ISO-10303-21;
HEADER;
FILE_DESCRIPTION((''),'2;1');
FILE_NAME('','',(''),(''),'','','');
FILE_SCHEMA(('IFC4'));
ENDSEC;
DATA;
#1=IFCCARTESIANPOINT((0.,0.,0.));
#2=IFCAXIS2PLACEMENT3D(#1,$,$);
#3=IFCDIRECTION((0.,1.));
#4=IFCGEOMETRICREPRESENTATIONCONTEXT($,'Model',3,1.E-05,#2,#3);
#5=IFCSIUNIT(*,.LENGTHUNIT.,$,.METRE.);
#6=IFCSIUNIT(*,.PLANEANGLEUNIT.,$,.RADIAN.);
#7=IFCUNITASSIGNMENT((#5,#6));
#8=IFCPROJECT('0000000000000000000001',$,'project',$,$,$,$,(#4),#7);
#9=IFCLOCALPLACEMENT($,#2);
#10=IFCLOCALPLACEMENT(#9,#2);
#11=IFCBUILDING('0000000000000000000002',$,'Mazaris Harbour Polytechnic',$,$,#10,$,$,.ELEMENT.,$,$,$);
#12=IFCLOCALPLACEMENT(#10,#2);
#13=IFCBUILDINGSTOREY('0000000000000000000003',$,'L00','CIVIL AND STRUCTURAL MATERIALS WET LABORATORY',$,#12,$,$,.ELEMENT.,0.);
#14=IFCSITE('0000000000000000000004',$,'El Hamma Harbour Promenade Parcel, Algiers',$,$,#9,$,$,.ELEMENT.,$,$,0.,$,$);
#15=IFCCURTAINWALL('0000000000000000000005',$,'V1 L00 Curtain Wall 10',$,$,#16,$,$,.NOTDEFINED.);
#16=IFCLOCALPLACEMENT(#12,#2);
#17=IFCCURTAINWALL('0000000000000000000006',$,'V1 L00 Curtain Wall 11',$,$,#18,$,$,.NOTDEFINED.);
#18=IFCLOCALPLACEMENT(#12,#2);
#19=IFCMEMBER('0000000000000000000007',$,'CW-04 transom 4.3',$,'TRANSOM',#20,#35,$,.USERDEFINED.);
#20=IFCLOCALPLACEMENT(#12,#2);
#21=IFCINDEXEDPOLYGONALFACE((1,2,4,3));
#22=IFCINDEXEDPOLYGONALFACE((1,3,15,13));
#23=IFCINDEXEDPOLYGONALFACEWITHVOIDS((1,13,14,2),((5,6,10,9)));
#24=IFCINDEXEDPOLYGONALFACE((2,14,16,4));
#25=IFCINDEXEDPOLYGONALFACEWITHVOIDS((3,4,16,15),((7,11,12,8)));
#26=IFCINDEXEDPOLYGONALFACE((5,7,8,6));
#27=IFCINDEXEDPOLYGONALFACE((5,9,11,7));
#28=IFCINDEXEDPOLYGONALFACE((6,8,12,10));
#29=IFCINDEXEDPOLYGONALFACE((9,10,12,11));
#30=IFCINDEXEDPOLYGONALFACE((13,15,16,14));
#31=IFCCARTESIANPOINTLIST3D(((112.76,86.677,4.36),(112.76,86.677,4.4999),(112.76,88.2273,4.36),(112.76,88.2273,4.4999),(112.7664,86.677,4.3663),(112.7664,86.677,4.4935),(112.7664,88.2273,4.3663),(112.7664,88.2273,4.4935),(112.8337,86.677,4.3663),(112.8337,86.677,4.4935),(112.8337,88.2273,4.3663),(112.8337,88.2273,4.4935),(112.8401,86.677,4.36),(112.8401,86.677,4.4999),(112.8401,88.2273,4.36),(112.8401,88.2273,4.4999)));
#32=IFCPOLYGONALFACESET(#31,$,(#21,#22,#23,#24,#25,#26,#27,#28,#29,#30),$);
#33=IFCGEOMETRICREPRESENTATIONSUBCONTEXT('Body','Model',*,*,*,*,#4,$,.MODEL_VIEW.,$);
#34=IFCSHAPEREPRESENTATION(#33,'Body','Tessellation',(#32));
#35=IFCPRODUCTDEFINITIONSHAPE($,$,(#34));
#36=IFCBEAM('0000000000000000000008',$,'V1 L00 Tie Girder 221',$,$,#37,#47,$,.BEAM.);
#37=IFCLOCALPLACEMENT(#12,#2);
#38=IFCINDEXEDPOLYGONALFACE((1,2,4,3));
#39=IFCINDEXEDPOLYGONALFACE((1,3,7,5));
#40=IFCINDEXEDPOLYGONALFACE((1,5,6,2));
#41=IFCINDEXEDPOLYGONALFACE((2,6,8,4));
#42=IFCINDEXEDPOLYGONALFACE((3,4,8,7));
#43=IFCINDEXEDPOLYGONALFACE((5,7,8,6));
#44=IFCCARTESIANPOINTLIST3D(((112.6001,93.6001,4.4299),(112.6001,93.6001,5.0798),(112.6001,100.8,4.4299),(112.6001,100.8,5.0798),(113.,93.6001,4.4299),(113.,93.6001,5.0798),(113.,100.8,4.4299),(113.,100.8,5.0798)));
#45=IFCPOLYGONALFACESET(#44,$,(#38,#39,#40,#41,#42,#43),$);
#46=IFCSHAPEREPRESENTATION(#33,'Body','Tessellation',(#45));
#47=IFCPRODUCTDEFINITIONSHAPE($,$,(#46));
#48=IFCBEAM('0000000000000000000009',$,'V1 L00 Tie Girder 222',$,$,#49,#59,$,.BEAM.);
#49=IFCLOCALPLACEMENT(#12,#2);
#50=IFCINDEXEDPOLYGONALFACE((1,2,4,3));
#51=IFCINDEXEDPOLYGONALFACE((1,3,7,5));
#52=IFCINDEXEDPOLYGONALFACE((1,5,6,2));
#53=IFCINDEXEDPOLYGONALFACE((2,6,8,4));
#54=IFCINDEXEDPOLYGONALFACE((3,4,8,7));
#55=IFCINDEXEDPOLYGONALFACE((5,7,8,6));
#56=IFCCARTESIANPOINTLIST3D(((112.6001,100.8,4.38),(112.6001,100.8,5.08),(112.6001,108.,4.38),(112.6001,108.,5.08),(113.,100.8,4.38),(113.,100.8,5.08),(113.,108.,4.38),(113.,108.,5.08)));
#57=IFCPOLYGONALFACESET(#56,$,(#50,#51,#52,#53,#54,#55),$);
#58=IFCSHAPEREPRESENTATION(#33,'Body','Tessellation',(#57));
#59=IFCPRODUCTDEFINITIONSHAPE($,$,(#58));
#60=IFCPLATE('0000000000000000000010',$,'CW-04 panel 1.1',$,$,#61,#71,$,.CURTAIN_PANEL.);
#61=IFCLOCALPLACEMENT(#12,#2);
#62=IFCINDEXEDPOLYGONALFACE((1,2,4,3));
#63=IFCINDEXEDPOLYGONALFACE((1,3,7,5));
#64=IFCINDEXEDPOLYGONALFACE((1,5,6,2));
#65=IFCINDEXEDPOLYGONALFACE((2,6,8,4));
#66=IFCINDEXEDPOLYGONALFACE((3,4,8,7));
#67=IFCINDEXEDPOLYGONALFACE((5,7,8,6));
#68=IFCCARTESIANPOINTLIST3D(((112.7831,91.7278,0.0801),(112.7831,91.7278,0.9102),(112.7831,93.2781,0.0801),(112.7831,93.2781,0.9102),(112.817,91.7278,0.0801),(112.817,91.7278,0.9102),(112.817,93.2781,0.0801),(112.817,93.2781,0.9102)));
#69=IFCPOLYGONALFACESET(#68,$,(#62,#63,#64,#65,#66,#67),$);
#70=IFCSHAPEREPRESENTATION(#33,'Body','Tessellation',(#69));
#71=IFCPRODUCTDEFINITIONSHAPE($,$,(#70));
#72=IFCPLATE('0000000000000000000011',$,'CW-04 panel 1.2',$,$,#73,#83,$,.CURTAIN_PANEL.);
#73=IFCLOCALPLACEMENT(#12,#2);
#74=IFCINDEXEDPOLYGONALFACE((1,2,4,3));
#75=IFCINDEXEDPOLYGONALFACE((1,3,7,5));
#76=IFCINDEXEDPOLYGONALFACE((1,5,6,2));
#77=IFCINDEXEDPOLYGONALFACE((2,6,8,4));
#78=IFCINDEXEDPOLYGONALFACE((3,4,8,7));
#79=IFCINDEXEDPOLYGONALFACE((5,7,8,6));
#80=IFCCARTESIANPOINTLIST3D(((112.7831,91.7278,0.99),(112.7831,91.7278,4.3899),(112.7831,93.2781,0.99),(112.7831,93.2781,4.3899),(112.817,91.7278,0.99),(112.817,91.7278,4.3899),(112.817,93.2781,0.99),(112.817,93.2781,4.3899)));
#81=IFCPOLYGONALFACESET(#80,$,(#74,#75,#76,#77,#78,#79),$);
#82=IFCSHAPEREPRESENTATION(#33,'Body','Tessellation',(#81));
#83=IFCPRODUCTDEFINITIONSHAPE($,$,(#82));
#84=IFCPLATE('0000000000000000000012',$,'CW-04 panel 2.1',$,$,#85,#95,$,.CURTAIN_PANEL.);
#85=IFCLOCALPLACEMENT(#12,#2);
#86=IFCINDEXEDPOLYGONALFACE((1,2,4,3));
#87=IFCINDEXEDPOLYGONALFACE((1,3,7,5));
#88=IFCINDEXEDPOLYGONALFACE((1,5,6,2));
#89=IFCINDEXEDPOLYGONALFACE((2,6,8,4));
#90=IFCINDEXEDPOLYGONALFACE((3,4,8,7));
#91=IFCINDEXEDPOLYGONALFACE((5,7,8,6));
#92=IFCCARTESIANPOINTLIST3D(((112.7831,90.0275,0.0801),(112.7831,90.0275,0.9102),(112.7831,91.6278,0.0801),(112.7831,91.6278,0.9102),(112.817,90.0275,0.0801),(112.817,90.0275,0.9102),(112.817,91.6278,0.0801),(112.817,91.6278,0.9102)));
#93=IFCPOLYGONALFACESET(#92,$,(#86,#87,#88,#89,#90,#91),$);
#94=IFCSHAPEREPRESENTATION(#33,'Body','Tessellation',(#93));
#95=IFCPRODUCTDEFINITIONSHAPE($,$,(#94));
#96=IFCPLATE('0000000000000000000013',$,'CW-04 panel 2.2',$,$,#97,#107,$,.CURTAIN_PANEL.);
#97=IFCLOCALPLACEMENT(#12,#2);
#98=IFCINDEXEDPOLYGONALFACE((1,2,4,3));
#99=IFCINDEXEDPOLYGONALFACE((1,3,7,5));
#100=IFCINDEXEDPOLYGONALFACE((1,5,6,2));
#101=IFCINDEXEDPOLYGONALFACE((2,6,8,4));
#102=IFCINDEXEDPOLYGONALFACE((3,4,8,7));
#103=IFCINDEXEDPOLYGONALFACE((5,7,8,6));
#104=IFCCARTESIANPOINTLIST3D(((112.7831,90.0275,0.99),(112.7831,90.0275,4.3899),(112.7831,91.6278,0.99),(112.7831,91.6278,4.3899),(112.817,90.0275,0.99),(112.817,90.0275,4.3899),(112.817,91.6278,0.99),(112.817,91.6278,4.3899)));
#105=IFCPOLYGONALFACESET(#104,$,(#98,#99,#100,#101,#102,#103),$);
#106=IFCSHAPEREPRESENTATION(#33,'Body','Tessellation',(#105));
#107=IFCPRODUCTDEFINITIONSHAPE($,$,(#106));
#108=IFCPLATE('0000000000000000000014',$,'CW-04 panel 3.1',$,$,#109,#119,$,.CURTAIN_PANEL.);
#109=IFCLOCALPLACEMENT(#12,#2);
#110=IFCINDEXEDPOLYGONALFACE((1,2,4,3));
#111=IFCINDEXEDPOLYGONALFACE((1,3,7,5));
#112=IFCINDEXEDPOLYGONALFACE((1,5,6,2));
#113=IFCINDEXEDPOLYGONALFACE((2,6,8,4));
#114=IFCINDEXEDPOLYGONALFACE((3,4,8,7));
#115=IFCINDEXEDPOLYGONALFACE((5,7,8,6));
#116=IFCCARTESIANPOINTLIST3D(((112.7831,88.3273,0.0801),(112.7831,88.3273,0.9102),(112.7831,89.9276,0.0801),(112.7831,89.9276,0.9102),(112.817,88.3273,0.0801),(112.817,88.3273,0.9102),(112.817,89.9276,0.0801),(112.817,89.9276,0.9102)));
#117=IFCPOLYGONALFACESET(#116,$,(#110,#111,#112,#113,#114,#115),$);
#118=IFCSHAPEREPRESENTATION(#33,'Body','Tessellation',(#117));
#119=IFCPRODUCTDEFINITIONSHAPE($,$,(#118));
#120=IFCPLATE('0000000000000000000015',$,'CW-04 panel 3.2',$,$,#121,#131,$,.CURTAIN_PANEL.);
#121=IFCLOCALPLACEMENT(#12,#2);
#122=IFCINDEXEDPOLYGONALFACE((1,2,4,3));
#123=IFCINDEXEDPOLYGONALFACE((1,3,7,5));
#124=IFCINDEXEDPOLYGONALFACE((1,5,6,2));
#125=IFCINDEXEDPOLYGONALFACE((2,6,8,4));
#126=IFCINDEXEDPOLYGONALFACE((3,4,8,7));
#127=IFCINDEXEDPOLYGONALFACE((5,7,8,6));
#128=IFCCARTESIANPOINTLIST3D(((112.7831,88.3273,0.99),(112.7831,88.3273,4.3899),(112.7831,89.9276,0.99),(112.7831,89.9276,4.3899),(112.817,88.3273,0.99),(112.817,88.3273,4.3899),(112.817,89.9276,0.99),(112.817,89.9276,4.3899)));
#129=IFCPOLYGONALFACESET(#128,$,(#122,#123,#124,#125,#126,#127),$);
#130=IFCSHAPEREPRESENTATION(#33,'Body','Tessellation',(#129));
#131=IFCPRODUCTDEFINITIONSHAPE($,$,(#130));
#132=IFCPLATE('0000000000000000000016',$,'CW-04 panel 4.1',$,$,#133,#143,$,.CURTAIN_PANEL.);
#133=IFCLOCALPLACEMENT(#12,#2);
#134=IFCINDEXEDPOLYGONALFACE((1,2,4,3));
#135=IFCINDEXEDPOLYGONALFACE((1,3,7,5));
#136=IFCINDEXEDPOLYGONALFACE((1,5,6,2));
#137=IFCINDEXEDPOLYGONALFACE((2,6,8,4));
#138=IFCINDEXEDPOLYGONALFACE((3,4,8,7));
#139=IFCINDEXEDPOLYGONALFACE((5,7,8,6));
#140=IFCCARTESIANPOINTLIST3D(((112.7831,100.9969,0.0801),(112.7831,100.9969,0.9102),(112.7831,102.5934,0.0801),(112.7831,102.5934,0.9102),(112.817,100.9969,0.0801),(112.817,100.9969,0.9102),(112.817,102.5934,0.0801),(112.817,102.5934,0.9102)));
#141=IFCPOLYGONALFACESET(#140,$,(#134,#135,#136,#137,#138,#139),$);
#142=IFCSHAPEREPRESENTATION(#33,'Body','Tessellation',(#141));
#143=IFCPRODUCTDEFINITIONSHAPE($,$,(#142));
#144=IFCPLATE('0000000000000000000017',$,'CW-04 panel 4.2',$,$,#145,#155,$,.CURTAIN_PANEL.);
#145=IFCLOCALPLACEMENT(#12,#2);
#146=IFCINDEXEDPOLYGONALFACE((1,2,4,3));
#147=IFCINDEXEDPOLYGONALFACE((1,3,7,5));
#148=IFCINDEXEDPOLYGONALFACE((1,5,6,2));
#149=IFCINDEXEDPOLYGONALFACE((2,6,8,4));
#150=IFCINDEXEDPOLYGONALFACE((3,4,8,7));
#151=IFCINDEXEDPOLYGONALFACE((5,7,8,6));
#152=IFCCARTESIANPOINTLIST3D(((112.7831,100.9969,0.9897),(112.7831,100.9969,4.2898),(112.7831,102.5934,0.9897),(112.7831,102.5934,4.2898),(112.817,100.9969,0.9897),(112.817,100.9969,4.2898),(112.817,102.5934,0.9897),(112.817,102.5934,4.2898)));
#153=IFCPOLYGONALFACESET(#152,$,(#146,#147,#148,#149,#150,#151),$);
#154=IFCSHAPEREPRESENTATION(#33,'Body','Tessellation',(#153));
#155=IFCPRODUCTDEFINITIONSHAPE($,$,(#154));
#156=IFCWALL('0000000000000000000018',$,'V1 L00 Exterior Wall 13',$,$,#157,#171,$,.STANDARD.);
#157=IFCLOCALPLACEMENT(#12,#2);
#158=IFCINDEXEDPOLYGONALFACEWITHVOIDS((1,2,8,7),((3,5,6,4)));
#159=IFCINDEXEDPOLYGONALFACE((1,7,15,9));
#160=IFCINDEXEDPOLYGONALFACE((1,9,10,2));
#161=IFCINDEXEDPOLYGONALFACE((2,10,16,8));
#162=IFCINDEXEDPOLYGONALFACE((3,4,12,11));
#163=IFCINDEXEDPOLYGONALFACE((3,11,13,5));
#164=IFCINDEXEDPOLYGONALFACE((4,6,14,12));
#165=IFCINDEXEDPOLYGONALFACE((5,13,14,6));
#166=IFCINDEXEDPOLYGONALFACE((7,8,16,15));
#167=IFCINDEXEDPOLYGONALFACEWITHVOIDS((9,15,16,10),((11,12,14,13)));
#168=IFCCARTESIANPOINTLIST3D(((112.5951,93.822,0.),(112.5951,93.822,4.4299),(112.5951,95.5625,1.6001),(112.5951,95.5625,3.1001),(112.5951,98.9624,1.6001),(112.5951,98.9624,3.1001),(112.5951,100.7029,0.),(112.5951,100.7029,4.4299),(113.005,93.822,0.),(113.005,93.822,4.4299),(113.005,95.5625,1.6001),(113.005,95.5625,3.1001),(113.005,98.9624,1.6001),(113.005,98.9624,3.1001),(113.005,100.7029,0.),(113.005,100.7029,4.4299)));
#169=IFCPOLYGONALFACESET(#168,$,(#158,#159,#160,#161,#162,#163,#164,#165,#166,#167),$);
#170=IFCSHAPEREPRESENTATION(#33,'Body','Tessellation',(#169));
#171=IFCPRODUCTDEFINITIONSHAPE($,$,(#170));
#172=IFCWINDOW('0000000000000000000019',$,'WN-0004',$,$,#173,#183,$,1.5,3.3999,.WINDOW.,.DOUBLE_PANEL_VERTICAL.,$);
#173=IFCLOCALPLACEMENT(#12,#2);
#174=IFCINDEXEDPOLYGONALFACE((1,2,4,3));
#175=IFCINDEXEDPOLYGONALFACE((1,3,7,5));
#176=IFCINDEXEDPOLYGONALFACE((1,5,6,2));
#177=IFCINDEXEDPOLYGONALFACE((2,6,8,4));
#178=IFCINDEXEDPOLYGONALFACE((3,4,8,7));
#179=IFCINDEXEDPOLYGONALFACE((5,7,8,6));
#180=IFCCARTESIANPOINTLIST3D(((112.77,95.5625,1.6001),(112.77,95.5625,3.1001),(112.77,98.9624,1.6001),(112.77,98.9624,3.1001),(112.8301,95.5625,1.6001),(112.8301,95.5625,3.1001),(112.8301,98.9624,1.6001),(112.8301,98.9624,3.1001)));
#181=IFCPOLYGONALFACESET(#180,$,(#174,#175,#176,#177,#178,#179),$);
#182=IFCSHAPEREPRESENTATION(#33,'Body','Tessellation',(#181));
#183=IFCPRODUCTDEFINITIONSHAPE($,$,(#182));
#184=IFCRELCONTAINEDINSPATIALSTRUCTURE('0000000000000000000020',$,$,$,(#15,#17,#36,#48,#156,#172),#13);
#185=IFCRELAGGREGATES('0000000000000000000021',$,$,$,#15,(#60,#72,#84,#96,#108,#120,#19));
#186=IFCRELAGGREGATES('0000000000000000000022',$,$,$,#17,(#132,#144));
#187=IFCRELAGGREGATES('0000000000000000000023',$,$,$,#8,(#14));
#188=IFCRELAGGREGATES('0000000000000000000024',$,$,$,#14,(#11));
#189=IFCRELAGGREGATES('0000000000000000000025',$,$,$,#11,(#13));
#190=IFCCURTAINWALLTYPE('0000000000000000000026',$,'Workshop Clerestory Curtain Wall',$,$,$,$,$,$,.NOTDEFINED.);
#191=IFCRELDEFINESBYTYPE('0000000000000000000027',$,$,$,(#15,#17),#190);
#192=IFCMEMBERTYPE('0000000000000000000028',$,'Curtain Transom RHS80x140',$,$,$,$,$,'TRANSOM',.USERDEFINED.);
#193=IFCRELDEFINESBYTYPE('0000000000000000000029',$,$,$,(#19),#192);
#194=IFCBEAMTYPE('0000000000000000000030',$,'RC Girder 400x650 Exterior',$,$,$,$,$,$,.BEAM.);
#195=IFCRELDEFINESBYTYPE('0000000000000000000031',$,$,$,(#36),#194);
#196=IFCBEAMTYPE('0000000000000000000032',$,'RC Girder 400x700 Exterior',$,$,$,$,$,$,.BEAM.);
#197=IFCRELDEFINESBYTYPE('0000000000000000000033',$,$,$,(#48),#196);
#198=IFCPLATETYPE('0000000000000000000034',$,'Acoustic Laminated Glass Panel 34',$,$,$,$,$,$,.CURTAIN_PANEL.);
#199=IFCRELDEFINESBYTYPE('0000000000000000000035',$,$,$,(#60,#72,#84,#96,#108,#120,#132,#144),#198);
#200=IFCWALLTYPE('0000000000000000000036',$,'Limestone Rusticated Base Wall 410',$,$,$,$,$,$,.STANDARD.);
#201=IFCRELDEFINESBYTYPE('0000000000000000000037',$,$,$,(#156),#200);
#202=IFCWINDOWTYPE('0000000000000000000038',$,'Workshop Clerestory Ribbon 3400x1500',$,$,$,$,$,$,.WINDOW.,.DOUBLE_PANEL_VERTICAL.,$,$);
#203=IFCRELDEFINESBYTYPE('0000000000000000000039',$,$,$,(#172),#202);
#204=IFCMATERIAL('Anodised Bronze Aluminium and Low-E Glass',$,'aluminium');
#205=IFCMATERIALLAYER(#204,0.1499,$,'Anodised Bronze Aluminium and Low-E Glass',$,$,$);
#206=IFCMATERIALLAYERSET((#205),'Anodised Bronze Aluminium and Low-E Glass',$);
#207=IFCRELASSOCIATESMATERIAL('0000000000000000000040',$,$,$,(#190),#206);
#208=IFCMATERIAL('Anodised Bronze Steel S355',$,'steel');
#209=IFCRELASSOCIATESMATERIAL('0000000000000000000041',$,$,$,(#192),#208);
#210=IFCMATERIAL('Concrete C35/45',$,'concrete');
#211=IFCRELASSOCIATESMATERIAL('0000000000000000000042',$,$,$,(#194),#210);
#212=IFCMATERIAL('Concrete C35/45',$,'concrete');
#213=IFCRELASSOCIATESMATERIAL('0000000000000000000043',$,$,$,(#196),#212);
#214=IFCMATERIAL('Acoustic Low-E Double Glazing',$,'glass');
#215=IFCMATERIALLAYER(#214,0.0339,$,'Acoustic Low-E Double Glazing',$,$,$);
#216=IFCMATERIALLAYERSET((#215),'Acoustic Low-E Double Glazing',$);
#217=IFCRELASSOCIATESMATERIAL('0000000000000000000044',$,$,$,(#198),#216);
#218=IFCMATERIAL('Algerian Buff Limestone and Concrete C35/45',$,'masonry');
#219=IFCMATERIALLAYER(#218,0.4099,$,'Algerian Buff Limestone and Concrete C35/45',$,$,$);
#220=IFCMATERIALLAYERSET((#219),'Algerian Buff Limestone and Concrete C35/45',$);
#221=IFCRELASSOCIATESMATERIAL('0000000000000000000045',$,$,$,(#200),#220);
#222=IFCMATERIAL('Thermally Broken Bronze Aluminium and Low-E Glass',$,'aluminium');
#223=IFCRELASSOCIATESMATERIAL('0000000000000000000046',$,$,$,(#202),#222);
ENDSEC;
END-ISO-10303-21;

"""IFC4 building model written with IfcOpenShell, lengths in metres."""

from ifc_helpers import new_model, si_unit, direction, frame, frame_2d, origin, origin_2d, place, context, subcontext, project, spatial, rectangle, hollow_rectangle, extrude, material, layer, layer_set, material_profile, profile_set, type_object, element, fill, aggregate, save


model = new_model("IFC4")

# Units and contexts
model_context = context("Model", 3, precision=1e-05, world=origin(), true_north=direction((0.0, 1.0)))
body_context = subcontext(model_context, "Body", "Model", "MODEL_VIEW")
ifc_project = project(units=[si_unit("LENGTHUNIT", "METRE"), si_unit("PLANEANGLEUNIT", "RADIAN")], contexts=[model_context])

# Site, building, storey
site_placement = place(None, origin())
site = spatial("IfcSite", under=ifc_project, at=site_placement, Name="El Hamma Harbour Promenade Parcel, Algiers", CompositionType="ELEMENT", RefElevation=0.0)
building_placement = place(site_placement, origin())
building = spatial("IfcBuilding", under=site, at=building_placement, Name="Mazaris Harbour Polytechnic", CompositionType="ELEMENT")
storey_placement = place(building_placement, origin())
storey = spatial("IfcBuildingStorey", under=building, at=storey_placement, Name="L00", Description="CIVIL AND STRUCTURAL MATERIALS WET LABORATORY", CompositionType="ELEMENT", Elevation=0.0)

# Curtain wall
ifc_material_1 = material(Name="Anodised Bronze Aluminium and Low-E Glass", Category="aluminium")
ifc_layer_1 = layer(ifc_material_1, 0.1499, Name="Anodised Bronze Aluminium and Low-E Glass")
ifc_layer_set_1 = layer_set([ifc_layer_1], Name="Anodised Bronze Aluminium and Low-E Glass")
curtain_wall_type = type_object("IfcCurtainWallType", Name="Workshop Clerestory Curtain Wall", PredefinedType="NOTDEFINED", material=ifc_layer_set_1)
curtain_wall_1_placement = place(storey_placement, origin())
curtain_wall_1 = element("IfcCurtainWall", 1, at=curtain_wall_1_placement, inside=storey, type_object=curtain_wall_type, Name="V1 L00 Curtain Wall 10", PredefinedType="NOTDEFINED")

# Curtain wall
curtain_wall_2_placement = place(storey_placement, origin())
curtain_wall_2 = element("IfcCurtainWall", 2, at=curtain_wall_2_placement, inside=storey, type_object=curtain_wall_type, Name="V1 L00 Curtain Wall 11", PredefinedType="NOTDEFINED")

# Member
ifc_material_2 = material(Name="Anodised Bronze Steel S355", Category="steel")
ifc_material_profile_1 = material_profile(ifc_material_2, hollow_rectangle(XDim=0.0801, YDim=0.1399, WallThickness=0.0063, at=origin_2d()), Name="RHS 80x140x6.3")
ifc_profile_set_1 = profile_set([ifc_material_profile_1], Name="Anodised Bronze Steel S355")
member_type_1 = type_object("IfcMemberType", Name="Curtain Transom RHS80x140", ElementType="TRANSOM", PredefinedType="USERDEFINED", material=ifc_profile_set_1)
member_1_placement = place(storey_placement, frame((112.8, 88.2273, 4.4299), z_axis=(0.0, -1.0, 0.0), x_axis=(1.0, 0.0, 0.0)))
member_1 = element("IfcMember", 3, at=member_1_placement, type_object=member_type_1, Name="CW-04 transom 4.3", ObjectType="TRANSOM", PredefinedType="USERDEFINED", context=body_context, shape_type="SweptSolid", body=[
    extrude(hollow_rectangle(XDim=0.0801, YDim=0.1399, WallThickness=0.0063, at=origin_2d()), origin(), (0.0, 0.0, 1.0), 1.5503),
])

# Beams
ifc_material_3 = material(Name="Concrete C35/45", Category="concrete")
ifc_material_profile_2 = material_profile(ifc_material_3, rectangle(XDim=0.3999, YDim=0.6499, at=origin_2d()), Name="RECT400x650")
ifc_profile_set_2 = profile_set([ifc_material_profile_2], Name="Concrete C35/45")
beam_type_1 = type_object("IfcBeamType", Name="RC Girder 400x650 Exterior", PredefinedType="BEAM", material=ifc_profile_set_2)
beam_1_placement = place(storey_placement, frame((112.8, 93.6001, 4.7549), z_axis=(0.0, 1.0, 0.0), x_axis=(-1.0, 0.0, 0.0)))
element("IfcBeam", 4, at=beam_1_placement, inside=storey, type_object=beam_type_1, Name="V1 L00 Tie Girder 221", PredefinedType="BEAM", context=body_context, shape_type="SweptSolid", body=[
    extrude(rectangle(XDim=0.3999, YDim=0.6499, at=origin_2d()), origin(), (0.0, 0.0, 1.0), 7.2),
])
ifc_material_4 = material(Name="Concrete C35/45", Category="concrete")
ifc_material_profile_3 = material_profile(ifc_material_4, rectangle(XDim=0.3999, YDim=0.7, at=origin_2d()), Name="RECT400x700")
ifc_profile_set_3 = profile_set([ifc_material_profile_3], Name="Concrete C35/45")
beam_type_2 = type_object("IfcBeamType", Name="RC Girder 400x700 Exterior", PredefinedType="BEAM", material=ifc_profile_set_3)
beam_2_placement = place(storey_placement, frame((112.8, 100.8, 4.73), z_axis=(0.0, 1.0, 0.0), x_axis=(-1.0, 0.0, 0.0)))
element("IfcBeam", 5, at=beam_2_placement, inside=storey, type_object=beam_type_2, Name="V1 L00 Tie Girder 222", PredefinedType="BEAM", context=body_context, shape_type="SweptSolid", body=[
    extrude(rectangle(XDim=0.3999, YDim=0.7, at=origin_2d()), origin(), (0.0, 0.0, 1.0), 7.2),
])

# Plates
ifc_material_5 = material(Name="Acoustic Low-E Double Glazing", Category="glass")
ifc_layer_2 = layer(ifc_material_5, 0.0339, Name="Acoustic Low-E Double Glazing")
ifc_layer_set_2 = layer_set([ifc_layer_2], Name="Acoustic Low-E Double Glazing")
plate_type = type_object("IfcPlateType", Name="Acoustic Laminated Glass Panel 34", PredefinedType="CURTAIN_PANEL", material=ifc_layer_set_2)
plate_1_placement = place(storey_placement, frame((112.8, 92.5029, 0.0801), z_axis=(0.0, 0.0, 1.0), x_axis=(0.0, -1.0, 0.0)))
plate_1 = element("IfcPlate", 6, at=plate_1_placement, type_object=plate_type, Name="CW-04 panel 1.1", PredefinedType="CURTAIN_PANEL", context=body_context, shape_type="SweptSolid", body=[
    extrude(rectangle(XDim=1.5503, YDim=0.0339, at=origin_2d()), origin(), (0.0, 0.0, 1.0), 0.8301),
])
plate_2_placement = place(storey_placement, frame((112.8, 92.5029, 0.99), z_axis=(0.0, 0.0, 1.0), x_axis=(0.0, -1.0, 0.0)))
plate_2 = element("IfcPlate", 7, at=plate_2_placement, type_object=plate_type, Name="CW-04 panel 1.2", PredefinedType="CURTAIN_PANEL", context=body_context, shape_type="SweptSolid", body=[
    extrude(rectangle(XDim=1.5503, YDim=0.0339, at=origin_2d()), origin(), (0.0, 0.0, 1.0), 3.3999),
])
plate_3_placement = place(storey_placement, frame((112.8, 90.8276, 0.0801), z_axis=(0.0, 0.0, 1.0), x_axis=(0.0, -1.0, 0.0)))
plate_3 = element("IfcPlate", 8, at=plate_3_placement, type_object=plate_type, Name="CW-04 panel 2.1", PredefinedType="CURTAIN_PANEL", context=body_context, shape_type="SweptSolid", body=[
    extrude(rectangle(XDim=1.6003, YDim=0.0339, at=origin_2d()), origin(), (0.0, 0.0, 1.0), 0.8301),
])
plate_4_placement = place(storey_placement, frame((112.8, 90.8276, 0.99), z_axis=(0.0, 0.0, 1.0), x_axis=(0.0, -1.0, 0.0)))
plate_4 = element("IfcPlate", 9, at=plate_4_placement, type_object=plate_type, Name="CW-04 panel 2.2", PredefinedType="CURTAIN_PANEL", context=body_context, shape_type="SweptSolid", body=[
    extrude(rectangle(XDim=1.6003, YDim=0.0339, at=origin_2d()), origin(), (0.0, 0.0, 1.0), 3.3999),
])
plate_5_placement = place(storey_placement, frame((112.8, 89.1274, 0.0801), z_axis=(0.0, 0.0, 1.0), x_axis=(0.0, -1.0, 0.0)))
plate_5 = element("IfcPlate", 10, at=plate_5_placement, type_object=plate_type, Name="CW-04 panel 3.1", PredefinedType="CURTAIN_PANEL", context=body_context, shape_type="SweptSolid", body=[
    extrude(rectangle(XDim=1.6003, YDim=0.0339, at=origin_2d()), origin(), (0.0, 0.0, 1.0), 0.8301),
])
plate_6_placement = place(storey_placement, frame((112.8, 89.1274, 0.99), z_axis=(0.0, 0.0, 1.0), x_axis=(0.0, -1.0, 0.0)))
plate_6 = element("IfcPlate", 11, at=plate_6_placement, type_object=plate_type, Name="CW-04 panel 3.2", PredefinedType="CURTAIN_PANEL", context=body_context, shape_type="SweptSolid", body=[
    extrude(rectangle(XDim=1.6003, YDim=0.0339, at=origin_2d()), origin(), (0.0, 0.0, 1.0), 3.3999),
])
aggregate(curtain_wall_1, [plate_1, plate_2, plate_3, plate_4, plate_5, plate_6, member_1])
plate_7_placement = place(storey_placement, frame((112.8, 101.7952, 0.0801), z_axis=(0.0, 0.0, 1.0), x_axis=(0.0, -1.0, 0.0)))
plate_7 = element("IfcPlate", 12, at=plate_7_placement, type_object=plate_type, Name="CW-04 panel 4.1", PredefinedType="CURTAIN_PANEL", context=body_context, shape_type="SweptSolid", body=[
    extrude(rectangle(XDim=1.5964, YDim=0.0339, at=origin_2d()), origin(), (0.0, 0.0, 1.0), 0.8301),
])
plate_8_placement = place(storey_placement, frame((112.8, 101.7952, 0.9897), z_axis=(0.0, 0.0, 1.0), x_axis=(0.0, -1.0, 0.0)))
plate_8 = element("IfcPlate", 13, at=plate_8_placement, type_object=plate_type, Name="CW-04 panel 4.2", PredefinedType="CURTAIN_PANEL", context=body_context, shape_type="SweptSolid", body=[
    extrude(rectangle(XDim=1.5964, YDim=0.0339, at=origin_2d()), origin(), (0.0, 0.0, 1.0), 3.3),
])
aggregate(curtain_wall_2, [plate_7, plate_8])

# Wall, opening, window
ifc_material_6 = material(Name="Algerian Buff Limestone and Concrete C35/45", Category="masonry")
ifc_layer_3 = layer(ifc_material_6, 0.4099, Name="Algerian Buff Limestone and Concrete C35/45")
ifc_layer_set_3 = layer_set([ifc_layer_3], Name="Algerian Buff Limestone and Concrete C35/45")
wall_type = type_object("IfcWallType", Name="Limestone Rusticated Base Wall 410", PredefinedType="STANDARD", material=ifc_layer_set_3)
wall_placement = place(storey_placement, frame((112.8, 100.7029, 0.0), z_axis=(0.0, 0.0, 1.0), x_axis=(0.0, -1.0, 0.0)))
wall = element("IfcWall", 14, at=wall_placement, inside=storey, type_object=wall_type, Name="V1 L00 Exterior Wall 13", PredefinedType="STANDARD", context=body_context, shape_type="SweptSolid", body=[
    extrude(rectangle(XDim=6.8809, YDim=0.4099, at=frame_2d((3.4404, 0.0))), origin(), (0.0, 0.0, 1.0), 4.4299),
])
opening_placement = place(wall_placement, frame((1.7405, 0.0, 1.6001)))
opening = element("IfcOpeningElement", 15, at=opening_placement, cuts=wall, PredefinedType="OPENING", context=body_context, shape_type="SweptSolid", body=[
    extrude(rectangle(XDim=3.3999, YDim=1.5, at=frame_2d((1.7, 0.75))), frame((0.0, 0.2148, 0.0), z_axis=(0.0, -1.0, 0.0), x_axis=(1.0, 0.0, 0.0)), (0.0, 0.0, 1.0), 0.4299),
])
ifc_material_7 = material(Name="Thermally Broken Bronze Aluminium and Low-E Glass", Category="aluminium")
window_type = type_object("IfcWindowType", Name="Workshop Clerestory Ribbon 3400x1500", PartitioningType="DOUBLE_PANEL_VERTICAL", PredefinedType="WINDOW", material=ifc_material_7)
window_placement = place(opening_placement, origin())
window = element("IfcWindow", 16, at=window_placement, inside=storey, type_object=window_type, Name="WN-0004", OverallHeight=1.5, OverallWidth=3.3999, PartitioningType="DOUBLE_PANEL_VERTICAL", PredefinedType="WINDOW", context=body_context, shape_type="SweptSolid", body=[
    extrude(rectangle(XDim=3.3999, YDim=1.5, at=frame_2d((1.7, 0.75))), frame((0.0, 0.03, 0.0), z_axis=(0.0, -1.0, 0.0), x_axis=(1.0, 0.0, 0.0)), (0.0, 0.0, 1.0), 0.0601),
])
fill(opening, window)

save(model, "model.ifc")
